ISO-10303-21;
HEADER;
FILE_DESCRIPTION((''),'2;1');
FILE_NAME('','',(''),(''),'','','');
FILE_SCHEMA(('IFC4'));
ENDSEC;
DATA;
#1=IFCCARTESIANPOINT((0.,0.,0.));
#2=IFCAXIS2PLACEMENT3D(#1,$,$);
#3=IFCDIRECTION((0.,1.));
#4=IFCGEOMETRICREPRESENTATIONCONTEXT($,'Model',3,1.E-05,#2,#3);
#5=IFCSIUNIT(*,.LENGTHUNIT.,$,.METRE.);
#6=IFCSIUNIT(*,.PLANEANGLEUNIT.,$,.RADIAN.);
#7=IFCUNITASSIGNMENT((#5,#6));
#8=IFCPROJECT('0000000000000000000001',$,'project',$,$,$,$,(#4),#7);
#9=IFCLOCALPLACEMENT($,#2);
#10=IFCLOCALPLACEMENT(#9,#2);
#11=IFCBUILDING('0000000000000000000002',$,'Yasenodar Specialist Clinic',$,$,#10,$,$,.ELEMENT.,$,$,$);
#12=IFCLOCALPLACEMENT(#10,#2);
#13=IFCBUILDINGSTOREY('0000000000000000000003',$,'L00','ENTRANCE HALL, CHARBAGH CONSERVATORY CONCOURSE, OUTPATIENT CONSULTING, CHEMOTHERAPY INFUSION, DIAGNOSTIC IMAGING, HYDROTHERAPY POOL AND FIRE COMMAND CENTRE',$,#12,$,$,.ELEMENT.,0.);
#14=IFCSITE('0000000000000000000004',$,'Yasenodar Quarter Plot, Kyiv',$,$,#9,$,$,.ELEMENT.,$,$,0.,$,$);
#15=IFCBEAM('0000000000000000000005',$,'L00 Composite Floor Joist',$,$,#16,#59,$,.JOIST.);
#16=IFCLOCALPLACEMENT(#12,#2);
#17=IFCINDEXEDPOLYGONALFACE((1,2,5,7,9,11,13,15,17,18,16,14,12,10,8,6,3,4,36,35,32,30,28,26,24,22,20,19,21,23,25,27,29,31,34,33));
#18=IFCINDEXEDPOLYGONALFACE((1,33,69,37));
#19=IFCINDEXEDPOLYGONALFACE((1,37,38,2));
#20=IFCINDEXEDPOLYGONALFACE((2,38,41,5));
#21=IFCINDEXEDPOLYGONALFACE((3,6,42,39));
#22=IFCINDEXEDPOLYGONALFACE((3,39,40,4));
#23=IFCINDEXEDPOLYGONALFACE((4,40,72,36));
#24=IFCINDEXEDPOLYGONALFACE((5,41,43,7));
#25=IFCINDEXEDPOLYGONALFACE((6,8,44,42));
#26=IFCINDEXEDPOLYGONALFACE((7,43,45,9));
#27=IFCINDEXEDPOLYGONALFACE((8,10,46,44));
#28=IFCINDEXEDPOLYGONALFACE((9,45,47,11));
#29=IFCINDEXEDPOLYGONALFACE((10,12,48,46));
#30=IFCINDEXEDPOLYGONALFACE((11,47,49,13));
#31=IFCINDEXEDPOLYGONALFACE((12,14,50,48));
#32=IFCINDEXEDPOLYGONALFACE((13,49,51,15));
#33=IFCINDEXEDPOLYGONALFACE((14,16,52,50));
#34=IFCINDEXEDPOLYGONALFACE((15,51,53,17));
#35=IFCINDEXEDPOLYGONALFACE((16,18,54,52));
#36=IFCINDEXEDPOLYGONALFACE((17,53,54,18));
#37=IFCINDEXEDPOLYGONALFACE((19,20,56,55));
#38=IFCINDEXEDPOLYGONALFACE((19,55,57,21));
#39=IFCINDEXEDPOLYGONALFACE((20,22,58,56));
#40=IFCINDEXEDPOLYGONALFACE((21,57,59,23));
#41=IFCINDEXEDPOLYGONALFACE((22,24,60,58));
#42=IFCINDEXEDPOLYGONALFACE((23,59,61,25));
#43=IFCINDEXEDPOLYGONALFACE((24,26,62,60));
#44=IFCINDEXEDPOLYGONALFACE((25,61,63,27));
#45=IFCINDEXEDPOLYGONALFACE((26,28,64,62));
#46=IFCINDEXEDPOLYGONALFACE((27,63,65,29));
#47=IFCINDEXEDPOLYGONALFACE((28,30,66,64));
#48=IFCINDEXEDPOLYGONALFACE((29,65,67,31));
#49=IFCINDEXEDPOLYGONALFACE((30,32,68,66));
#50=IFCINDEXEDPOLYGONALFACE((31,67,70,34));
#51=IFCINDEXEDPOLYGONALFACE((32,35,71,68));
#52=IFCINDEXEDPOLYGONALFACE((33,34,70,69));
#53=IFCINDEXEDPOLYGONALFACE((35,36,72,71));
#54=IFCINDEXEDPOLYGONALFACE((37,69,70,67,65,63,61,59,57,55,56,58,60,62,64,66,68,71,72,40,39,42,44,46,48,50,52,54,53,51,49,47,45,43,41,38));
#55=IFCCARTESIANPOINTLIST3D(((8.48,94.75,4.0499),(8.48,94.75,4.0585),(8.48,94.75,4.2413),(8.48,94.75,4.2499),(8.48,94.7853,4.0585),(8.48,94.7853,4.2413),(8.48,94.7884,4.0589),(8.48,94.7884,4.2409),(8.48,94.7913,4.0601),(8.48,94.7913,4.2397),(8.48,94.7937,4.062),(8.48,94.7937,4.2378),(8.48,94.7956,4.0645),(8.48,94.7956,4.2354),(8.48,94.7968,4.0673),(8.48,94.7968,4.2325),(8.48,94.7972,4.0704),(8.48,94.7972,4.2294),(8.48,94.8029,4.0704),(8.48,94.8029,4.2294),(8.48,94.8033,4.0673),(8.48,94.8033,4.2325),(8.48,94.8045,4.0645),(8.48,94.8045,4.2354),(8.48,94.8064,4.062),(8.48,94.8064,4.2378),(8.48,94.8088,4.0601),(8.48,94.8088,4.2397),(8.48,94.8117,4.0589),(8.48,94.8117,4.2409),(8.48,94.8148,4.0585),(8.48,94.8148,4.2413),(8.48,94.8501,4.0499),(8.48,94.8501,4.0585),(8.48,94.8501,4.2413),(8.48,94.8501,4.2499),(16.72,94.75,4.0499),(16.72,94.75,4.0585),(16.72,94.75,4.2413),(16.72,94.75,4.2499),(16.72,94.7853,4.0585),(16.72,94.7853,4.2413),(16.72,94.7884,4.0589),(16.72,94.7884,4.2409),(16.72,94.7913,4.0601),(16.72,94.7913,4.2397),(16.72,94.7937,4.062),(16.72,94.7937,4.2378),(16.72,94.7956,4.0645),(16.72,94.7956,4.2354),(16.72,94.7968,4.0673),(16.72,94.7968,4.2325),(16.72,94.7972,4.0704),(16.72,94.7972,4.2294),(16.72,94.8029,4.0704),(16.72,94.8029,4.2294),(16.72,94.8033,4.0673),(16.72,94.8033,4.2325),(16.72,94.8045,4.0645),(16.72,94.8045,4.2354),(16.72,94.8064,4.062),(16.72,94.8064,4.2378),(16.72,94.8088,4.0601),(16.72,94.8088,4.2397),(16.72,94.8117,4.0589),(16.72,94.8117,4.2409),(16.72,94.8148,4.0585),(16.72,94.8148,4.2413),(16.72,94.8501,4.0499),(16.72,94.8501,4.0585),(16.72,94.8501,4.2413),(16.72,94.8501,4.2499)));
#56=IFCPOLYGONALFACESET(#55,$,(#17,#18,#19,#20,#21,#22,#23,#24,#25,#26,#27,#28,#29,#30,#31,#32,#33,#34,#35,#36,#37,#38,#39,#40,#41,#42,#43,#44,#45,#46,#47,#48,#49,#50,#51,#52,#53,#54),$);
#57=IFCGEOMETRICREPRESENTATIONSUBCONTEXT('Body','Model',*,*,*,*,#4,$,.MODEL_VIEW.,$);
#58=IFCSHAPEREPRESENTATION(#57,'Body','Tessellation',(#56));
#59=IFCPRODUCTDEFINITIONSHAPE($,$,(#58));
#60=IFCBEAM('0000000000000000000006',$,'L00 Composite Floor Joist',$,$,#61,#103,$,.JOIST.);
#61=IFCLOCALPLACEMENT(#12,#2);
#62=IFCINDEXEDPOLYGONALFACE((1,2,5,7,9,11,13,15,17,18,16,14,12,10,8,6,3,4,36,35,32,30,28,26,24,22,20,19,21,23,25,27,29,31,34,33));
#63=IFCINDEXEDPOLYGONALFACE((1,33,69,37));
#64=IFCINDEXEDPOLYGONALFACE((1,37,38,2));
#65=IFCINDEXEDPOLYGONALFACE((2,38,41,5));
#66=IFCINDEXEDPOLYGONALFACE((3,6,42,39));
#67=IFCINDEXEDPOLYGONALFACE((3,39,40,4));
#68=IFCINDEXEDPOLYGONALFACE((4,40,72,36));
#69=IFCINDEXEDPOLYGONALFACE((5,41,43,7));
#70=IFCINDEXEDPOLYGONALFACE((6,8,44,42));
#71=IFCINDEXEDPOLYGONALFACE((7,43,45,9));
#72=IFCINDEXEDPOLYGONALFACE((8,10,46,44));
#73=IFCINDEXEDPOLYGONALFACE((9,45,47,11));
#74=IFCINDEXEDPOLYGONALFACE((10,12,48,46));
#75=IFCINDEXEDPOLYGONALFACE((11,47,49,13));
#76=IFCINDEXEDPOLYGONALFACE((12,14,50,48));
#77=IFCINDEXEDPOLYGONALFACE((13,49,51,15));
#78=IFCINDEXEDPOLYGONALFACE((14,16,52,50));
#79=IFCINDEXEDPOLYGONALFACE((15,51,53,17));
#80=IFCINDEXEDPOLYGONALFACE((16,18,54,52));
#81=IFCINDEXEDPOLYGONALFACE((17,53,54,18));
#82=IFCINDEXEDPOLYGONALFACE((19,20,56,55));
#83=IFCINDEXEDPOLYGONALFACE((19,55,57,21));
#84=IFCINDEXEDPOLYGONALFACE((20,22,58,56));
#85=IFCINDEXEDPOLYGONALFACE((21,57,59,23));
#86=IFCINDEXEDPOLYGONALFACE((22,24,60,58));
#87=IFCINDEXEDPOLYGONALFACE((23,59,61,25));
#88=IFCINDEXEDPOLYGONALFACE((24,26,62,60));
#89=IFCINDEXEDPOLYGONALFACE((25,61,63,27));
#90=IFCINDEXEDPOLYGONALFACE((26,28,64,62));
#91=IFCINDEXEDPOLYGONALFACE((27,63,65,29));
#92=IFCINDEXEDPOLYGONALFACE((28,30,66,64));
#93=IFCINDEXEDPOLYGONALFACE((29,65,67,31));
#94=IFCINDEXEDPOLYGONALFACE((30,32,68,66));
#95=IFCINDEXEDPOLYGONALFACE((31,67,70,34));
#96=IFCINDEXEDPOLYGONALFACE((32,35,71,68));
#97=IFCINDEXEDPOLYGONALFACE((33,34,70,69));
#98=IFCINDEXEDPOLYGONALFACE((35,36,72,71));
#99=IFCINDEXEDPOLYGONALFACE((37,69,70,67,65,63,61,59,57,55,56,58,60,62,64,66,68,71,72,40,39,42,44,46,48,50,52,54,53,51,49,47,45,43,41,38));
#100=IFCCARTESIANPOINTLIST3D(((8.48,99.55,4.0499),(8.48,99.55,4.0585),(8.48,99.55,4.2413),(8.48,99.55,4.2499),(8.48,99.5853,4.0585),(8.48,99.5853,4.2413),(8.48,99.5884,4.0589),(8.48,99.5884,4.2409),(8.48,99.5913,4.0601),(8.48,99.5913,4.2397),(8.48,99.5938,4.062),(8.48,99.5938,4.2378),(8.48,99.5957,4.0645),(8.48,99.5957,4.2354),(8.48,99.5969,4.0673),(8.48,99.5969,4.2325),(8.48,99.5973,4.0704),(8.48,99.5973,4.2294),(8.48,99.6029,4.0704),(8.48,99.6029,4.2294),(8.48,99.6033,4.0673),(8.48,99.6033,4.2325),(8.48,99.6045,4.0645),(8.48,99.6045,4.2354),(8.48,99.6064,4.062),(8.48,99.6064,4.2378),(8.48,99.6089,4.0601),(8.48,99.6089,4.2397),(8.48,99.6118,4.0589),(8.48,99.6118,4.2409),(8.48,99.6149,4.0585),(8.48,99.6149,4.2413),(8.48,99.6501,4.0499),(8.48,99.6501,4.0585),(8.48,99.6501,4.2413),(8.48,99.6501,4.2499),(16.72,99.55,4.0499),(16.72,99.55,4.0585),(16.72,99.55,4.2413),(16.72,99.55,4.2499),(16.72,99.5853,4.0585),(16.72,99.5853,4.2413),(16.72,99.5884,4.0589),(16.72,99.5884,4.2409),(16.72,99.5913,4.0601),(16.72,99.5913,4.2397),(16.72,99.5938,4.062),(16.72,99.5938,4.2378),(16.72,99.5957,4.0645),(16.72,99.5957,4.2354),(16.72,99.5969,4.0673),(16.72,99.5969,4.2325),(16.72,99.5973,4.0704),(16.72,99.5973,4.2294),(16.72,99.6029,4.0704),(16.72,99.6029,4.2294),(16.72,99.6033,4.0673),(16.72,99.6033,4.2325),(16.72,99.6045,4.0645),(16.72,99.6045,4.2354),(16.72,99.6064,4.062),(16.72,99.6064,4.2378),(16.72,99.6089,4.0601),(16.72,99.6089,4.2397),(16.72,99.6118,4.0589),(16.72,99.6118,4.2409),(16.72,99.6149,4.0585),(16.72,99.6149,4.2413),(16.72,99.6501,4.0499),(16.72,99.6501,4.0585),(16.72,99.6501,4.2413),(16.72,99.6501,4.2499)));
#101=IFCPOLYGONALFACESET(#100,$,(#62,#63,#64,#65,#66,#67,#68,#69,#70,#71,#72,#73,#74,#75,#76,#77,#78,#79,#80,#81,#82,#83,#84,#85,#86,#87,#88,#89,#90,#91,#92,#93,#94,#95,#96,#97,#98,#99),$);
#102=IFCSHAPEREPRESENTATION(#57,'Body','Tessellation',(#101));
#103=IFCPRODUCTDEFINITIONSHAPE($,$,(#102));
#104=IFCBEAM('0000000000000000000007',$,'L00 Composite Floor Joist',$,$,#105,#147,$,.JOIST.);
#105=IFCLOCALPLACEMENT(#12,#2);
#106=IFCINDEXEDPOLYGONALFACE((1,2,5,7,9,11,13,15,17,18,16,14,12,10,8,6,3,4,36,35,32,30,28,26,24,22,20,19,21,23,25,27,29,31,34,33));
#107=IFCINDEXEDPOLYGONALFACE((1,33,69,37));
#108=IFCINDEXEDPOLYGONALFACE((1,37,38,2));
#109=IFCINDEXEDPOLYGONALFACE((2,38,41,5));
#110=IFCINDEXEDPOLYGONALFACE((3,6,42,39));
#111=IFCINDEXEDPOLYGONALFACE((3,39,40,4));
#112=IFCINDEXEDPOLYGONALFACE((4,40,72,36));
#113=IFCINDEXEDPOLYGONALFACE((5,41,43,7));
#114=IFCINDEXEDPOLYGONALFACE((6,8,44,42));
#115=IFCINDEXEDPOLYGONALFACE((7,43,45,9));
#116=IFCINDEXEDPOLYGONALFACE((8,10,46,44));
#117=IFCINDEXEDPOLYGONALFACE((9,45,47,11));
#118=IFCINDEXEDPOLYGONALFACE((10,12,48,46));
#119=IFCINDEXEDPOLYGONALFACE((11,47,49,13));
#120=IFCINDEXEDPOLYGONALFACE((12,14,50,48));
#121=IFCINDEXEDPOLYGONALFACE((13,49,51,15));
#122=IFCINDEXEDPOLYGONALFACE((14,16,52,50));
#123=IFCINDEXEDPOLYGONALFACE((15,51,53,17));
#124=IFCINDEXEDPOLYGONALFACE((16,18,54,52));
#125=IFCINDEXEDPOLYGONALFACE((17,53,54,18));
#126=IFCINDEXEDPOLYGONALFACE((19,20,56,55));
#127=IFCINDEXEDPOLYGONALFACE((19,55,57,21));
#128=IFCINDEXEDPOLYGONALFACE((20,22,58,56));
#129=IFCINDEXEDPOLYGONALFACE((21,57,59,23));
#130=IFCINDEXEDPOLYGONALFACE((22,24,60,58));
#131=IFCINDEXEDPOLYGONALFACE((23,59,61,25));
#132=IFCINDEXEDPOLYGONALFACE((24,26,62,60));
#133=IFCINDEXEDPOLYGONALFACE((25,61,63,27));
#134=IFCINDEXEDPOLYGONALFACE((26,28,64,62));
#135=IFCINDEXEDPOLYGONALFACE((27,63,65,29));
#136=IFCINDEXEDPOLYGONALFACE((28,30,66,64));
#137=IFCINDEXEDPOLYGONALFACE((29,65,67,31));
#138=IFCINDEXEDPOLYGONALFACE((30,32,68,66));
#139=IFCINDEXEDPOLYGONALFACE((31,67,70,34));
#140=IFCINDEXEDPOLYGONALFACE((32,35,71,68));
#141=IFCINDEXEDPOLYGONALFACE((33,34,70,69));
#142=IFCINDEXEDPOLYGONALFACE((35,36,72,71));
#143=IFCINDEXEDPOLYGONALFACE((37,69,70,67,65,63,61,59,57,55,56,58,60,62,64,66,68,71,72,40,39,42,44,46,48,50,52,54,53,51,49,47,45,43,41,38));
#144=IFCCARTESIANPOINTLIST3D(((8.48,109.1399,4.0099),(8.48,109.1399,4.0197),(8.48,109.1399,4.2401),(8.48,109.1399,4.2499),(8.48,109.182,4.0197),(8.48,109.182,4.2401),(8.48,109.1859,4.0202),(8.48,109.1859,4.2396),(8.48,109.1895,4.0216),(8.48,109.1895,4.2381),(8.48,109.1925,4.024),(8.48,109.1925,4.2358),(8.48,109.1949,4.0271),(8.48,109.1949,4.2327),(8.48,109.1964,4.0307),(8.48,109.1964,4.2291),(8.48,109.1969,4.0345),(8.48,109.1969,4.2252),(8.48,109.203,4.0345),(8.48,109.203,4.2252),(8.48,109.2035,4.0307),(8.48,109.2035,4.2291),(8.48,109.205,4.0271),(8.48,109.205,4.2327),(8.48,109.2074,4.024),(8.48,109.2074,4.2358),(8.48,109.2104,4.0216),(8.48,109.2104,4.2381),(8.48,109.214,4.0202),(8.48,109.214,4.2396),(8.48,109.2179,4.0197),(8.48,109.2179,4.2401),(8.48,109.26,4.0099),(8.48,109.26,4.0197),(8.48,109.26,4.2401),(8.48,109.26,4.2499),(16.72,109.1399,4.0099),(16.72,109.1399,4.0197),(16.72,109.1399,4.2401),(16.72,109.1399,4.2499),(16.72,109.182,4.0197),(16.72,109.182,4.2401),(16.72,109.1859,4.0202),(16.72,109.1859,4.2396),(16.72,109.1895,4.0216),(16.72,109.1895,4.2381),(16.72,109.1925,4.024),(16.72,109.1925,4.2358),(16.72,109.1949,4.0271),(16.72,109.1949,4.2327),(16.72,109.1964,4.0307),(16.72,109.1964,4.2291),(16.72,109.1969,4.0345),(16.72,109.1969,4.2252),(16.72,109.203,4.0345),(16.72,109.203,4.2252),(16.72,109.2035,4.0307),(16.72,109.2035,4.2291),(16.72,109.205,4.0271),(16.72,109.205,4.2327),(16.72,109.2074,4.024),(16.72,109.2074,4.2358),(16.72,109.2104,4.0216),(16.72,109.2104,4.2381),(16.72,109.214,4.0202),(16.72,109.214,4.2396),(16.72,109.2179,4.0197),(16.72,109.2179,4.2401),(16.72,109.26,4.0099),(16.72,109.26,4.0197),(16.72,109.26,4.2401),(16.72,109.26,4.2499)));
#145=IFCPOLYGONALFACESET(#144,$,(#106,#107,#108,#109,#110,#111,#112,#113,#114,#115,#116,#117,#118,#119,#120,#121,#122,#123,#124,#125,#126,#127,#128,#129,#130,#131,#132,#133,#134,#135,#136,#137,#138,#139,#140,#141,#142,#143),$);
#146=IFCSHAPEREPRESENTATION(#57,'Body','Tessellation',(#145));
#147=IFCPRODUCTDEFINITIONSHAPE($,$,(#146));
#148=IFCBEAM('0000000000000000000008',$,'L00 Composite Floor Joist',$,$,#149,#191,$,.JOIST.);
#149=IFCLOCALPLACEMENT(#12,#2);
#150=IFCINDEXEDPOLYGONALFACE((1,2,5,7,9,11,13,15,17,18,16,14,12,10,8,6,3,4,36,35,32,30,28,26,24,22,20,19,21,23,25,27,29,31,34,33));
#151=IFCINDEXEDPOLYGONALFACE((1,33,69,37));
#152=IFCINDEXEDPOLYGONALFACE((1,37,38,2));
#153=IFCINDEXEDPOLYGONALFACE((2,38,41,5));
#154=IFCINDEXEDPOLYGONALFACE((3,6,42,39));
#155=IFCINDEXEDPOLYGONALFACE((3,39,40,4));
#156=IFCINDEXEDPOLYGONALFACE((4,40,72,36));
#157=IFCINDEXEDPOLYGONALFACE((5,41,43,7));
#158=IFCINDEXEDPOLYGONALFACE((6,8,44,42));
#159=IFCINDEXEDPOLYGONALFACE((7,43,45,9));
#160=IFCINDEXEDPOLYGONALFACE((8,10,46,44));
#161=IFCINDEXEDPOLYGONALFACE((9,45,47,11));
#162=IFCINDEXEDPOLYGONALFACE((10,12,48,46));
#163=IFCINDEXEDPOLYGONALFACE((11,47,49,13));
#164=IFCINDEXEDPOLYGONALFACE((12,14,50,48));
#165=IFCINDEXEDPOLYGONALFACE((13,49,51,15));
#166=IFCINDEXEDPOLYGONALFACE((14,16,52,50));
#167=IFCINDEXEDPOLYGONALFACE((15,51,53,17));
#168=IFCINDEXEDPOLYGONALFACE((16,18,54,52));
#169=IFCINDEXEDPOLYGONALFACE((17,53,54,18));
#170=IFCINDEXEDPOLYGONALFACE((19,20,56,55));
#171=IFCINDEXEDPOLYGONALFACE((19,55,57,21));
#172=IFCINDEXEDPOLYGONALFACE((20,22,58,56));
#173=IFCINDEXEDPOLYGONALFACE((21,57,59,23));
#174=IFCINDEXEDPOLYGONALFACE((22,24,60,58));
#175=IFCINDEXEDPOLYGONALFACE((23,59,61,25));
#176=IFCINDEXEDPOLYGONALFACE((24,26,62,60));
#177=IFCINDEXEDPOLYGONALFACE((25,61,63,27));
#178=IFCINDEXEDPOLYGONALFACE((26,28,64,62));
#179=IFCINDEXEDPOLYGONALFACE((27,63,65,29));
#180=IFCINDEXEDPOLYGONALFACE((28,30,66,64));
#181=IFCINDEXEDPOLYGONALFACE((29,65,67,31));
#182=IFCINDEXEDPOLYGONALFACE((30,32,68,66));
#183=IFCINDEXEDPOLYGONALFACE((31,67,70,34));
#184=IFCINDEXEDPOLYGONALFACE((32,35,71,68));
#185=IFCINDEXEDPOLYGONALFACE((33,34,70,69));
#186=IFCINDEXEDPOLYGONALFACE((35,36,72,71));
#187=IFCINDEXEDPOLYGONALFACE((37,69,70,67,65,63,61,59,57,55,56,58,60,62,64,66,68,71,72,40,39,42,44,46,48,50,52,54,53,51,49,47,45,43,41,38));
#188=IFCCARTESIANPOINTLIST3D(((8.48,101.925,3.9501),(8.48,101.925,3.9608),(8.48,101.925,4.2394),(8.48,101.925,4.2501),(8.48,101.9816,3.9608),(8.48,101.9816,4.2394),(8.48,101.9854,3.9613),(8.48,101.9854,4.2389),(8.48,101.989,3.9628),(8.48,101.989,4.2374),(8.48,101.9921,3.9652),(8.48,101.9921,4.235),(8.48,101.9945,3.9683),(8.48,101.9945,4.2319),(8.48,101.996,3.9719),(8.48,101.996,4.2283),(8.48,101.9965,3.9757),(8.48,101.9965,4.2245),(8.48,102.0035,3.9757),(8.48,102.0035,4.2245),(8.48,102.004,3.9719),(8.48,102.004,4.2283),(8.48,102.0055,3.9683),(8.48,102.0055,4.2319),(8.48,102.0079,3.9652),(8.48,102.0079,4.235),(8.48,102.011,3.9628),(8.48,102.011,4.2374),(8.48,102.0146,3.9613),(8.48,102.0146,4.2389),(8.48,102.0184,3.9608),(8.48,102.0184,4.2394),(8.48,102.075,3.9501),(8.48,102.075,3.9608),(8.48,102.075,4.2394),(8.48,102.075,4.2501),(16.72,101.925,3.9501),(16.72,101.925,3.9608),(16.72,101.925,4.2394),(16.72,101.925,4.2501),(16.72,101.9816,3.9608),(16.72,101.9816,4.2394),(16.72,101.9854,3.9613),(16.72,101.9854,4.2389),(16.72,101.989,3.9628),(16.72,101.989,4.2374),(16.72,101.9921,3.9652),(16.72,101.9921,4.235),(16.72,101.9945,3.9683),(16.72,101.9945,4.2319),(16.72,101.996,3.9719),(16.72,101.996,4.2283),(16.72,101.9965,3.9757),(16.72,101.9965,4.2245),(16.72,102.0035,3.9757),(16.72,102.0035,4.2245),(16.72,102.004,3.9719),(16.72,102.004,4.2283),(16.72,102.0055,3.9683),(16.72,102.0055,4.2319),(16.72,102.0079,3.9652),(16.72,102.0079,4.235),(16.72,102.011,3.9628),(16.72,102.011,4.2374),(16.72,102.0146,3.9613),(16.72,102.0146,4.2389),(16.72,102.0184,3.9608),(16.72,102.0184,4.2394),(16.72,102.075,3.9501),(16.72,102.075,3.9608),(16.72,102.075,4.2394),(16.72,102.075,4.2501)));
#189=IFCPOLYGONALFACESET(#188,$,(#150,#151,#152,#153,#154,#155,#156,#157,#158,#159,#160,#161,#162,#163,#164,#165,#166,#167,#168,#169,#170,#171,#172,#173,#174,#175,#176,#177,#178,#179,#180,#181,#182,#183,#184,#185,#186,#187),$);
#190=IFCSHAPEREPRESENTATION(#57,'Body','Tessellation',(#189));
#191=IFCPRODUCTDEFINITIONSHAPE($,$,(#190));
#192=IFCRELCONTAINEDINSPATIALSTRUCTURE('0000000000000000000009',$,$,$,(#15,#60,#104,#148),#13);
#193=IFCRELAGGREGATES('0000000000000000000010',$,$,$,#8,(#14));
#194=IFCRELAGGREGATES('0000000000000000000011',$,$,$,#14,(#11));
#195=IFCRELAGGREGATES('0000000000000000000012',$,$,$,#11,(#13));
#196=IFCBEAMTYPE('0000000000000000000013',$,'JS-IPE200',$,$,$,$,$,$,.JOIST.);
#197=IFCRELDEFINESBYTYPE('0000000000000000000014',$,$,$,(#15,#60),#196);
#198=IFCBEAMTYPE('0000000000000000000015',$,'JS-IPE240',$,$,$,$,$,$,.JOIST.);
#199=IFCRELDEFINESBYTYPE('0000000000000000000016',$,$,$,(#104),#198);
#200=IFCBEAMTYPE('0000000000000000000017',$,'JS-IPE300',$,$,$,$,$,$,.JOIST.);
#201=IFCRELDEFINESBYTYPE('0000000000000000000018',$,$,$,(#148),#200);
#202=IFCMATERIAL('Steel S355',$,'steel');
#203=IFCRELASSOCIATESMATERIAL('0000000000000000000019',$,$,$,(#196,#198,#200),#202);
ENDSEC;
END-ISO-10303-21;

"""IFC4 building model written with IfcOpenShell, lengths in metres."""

from ifc_helpers import new_model, si_unit, direction, frame, origin, origin_2d, place, context, subcontext, project, spatial, i_section, extrude, material, material_profile, profile_set, type_object, element, save


model = new_model("IFC4")

# Units and contexts
model_context = context("Model", 3, precision=1e-05, world=origin(), true_north=direction((0.0, 1.0)))
body_context = subcontext(model_context, "Body", "Model", "MODEL_VIEW")
ifc_project = project(units=[si_unit("LENGTHUNIT", "METRE"), si_unit("PLANEANGLEUNIT", "RADIAN")], contexts=[model_context])

# Site, building, storey
site_placement = place(None, origin())
site = spatial("IfcSite", under=ifc_project, at=site_placement, Name="Yasenodar Quarter Plot, Kyiv", CompositionType="ELEMENT", RefElevation=0.0)
building_placement = place(site_placement, origin())
building = spatial("IfcBuilding", under=site, at=building_placement, Name="Yasenodar Specialist Clinic", CompositionType="ELEMENT")
storey_placement = place(building_placement, origin())
storey = spatial("IfcBuildingStorey", under=building, at=storey_placement, Name="L00", Description="ENTRANCE HALL, CHARBAGH CONSERVATORY CONCOURSE, OUTPATIENT CONSULTING, CHEMOTHERAPY INFUSION, DIAGNOSTIC IMAGING, HYDROTHERAPY POOL AND FIRE COMMAND CENTRE", CompositionType="ELEMENT", Elevation=0.0)

# Shared definitions
ifc_material_1 = material(Name="Steel S355", Category="steel")

# Beams
ifc_material_profile_1 = material_profile(ifc_material_1, i_section(OverallWidth=0.1001, OverallDepth=0.2, WebThickness=0.0056, FlangeThickness=0.0085, FilletRadius=0.012, at=origin_2d()), Name="IPE 200")
ifc_profile_set_1 = profile_set([ifc_material_profile_1], Name="Steel S355")
beam_type_1 = type_object("IfcBeamType", Name="JS-IPE200", PredefinedType="JOIST", material=ifc_profile_set_1)
for number, where, z_axis, x_axis, name in (
    (1, (8.48, 94.8, 4.1499), (1.0, 0.0, 0.0), (0.0, 1.0, 0.0), "L00 Composite Floor Joist"),
    (2, (8.48, 99.6001, 4.1499), (1.0, 0.0, 0.0), (0.0, 1.0, 0.0), "L00 Composite Floor Joist"),
):
    element("IfcBeam", number, at=place(storey_placement, frame(where, z_axis=z_axis, x_axis=x_axis)), inside=storey, type_object=beam_type_1, Name=name, PredefinedType="JOIST", context=body_context, shape_type="SweptSolid", body=[
        extrude(i_section(OverallWidth=0.1001, OverallDepth=0.2, WebThickness=0.0056, FlangeThickness=0.0085, FilletRadius=0.012, at=origin_2d()), origin(), (0.0, 0.0, 1.0), 8.24),
    ])
ifc_material_profile_2 = material_profile(ifc_material_1, i_section(OverallWidth=0.1201, OverallDepth=0.24, WebThickness=0.0061, FlangeThickness=0.0098, FilletRadius=0.0149, at=origin_2d()), Name="IPE 240")
ifc_profile_set_2 = profile_set([ifc_material_profile_2], Name="Steel S355")
beam_type_2 = type_object("IfcBeamType", Name="JS-IPE240", PredefinedType="JOIST", material=ifc_profile_set_2)
beam_1_placement = place(storey_placement, frame((8.48, 109.2, 4.1299), z_axis=(1.0, 0.0, 0.0), x_axis=(0.0, 1.0, 0.0)))
element("IfcBeam", 3, at=beam_1_placement, inside=storey, type_object=beam_type_2, Name="L00 Composite Floor Joist", PredefinedType="JOIST", context=body_context, shape_type="SweptSolid", body=[
    extrude(i_section(OverallWidth=0.1201, OverallDepth=0.24, WebThickness=0.0061, FlangeThickness=0.0098, FilletRadius=0.0149, at=origin_2d()), origin(), (0.0, 0.0, 1.0), 8.24),
])
ifc_material_profile_3 = material_profile(ifc_material_1, i_section(OverallWidth=0.1499, OverallDepth=0.3, WebThickness=0.0071, FlangeThickness=0.0107, FilletRadius=0.0149, at=origin_2d()), Name="IPE 300")
ifc_profile_set_3 = profile_set([ifc_material_profile_3], Name="Steel S355")
beam_type_3 = type_object("IfcBeamType", Name="JS-IPE300", PredefinedType="JOIST", material=ifc_profile_set_3)
for number, where, z_axis, x_axis, name in (
    (4, (8.48, 102.0, 4.1001), (1.0, 0.0, 0.0), (0.0, 1.0, 0.0), "L00 Composite Floor Joist"),
):
    element("IfcBeam", number, at=place(storey_placement, frame(where, z_axis=z_axis, x_axis=x_axis)), inside=storey, type_object=beam_type_3, Name=name, PredefinedType="JOIST", context=body_context, shape_type="SweptSolid", body=[
        extrude(i_section(OverallWidth=0.1499, OverallDepth=0.3, WebThickness=0.0071, FlangeThickness=0.0107, FilletRadius=0.0149, at=origin_2d()), origin(), (0.0, 0.0, 1.0), 8.24),
    ])

save(model, "model.ifc")
